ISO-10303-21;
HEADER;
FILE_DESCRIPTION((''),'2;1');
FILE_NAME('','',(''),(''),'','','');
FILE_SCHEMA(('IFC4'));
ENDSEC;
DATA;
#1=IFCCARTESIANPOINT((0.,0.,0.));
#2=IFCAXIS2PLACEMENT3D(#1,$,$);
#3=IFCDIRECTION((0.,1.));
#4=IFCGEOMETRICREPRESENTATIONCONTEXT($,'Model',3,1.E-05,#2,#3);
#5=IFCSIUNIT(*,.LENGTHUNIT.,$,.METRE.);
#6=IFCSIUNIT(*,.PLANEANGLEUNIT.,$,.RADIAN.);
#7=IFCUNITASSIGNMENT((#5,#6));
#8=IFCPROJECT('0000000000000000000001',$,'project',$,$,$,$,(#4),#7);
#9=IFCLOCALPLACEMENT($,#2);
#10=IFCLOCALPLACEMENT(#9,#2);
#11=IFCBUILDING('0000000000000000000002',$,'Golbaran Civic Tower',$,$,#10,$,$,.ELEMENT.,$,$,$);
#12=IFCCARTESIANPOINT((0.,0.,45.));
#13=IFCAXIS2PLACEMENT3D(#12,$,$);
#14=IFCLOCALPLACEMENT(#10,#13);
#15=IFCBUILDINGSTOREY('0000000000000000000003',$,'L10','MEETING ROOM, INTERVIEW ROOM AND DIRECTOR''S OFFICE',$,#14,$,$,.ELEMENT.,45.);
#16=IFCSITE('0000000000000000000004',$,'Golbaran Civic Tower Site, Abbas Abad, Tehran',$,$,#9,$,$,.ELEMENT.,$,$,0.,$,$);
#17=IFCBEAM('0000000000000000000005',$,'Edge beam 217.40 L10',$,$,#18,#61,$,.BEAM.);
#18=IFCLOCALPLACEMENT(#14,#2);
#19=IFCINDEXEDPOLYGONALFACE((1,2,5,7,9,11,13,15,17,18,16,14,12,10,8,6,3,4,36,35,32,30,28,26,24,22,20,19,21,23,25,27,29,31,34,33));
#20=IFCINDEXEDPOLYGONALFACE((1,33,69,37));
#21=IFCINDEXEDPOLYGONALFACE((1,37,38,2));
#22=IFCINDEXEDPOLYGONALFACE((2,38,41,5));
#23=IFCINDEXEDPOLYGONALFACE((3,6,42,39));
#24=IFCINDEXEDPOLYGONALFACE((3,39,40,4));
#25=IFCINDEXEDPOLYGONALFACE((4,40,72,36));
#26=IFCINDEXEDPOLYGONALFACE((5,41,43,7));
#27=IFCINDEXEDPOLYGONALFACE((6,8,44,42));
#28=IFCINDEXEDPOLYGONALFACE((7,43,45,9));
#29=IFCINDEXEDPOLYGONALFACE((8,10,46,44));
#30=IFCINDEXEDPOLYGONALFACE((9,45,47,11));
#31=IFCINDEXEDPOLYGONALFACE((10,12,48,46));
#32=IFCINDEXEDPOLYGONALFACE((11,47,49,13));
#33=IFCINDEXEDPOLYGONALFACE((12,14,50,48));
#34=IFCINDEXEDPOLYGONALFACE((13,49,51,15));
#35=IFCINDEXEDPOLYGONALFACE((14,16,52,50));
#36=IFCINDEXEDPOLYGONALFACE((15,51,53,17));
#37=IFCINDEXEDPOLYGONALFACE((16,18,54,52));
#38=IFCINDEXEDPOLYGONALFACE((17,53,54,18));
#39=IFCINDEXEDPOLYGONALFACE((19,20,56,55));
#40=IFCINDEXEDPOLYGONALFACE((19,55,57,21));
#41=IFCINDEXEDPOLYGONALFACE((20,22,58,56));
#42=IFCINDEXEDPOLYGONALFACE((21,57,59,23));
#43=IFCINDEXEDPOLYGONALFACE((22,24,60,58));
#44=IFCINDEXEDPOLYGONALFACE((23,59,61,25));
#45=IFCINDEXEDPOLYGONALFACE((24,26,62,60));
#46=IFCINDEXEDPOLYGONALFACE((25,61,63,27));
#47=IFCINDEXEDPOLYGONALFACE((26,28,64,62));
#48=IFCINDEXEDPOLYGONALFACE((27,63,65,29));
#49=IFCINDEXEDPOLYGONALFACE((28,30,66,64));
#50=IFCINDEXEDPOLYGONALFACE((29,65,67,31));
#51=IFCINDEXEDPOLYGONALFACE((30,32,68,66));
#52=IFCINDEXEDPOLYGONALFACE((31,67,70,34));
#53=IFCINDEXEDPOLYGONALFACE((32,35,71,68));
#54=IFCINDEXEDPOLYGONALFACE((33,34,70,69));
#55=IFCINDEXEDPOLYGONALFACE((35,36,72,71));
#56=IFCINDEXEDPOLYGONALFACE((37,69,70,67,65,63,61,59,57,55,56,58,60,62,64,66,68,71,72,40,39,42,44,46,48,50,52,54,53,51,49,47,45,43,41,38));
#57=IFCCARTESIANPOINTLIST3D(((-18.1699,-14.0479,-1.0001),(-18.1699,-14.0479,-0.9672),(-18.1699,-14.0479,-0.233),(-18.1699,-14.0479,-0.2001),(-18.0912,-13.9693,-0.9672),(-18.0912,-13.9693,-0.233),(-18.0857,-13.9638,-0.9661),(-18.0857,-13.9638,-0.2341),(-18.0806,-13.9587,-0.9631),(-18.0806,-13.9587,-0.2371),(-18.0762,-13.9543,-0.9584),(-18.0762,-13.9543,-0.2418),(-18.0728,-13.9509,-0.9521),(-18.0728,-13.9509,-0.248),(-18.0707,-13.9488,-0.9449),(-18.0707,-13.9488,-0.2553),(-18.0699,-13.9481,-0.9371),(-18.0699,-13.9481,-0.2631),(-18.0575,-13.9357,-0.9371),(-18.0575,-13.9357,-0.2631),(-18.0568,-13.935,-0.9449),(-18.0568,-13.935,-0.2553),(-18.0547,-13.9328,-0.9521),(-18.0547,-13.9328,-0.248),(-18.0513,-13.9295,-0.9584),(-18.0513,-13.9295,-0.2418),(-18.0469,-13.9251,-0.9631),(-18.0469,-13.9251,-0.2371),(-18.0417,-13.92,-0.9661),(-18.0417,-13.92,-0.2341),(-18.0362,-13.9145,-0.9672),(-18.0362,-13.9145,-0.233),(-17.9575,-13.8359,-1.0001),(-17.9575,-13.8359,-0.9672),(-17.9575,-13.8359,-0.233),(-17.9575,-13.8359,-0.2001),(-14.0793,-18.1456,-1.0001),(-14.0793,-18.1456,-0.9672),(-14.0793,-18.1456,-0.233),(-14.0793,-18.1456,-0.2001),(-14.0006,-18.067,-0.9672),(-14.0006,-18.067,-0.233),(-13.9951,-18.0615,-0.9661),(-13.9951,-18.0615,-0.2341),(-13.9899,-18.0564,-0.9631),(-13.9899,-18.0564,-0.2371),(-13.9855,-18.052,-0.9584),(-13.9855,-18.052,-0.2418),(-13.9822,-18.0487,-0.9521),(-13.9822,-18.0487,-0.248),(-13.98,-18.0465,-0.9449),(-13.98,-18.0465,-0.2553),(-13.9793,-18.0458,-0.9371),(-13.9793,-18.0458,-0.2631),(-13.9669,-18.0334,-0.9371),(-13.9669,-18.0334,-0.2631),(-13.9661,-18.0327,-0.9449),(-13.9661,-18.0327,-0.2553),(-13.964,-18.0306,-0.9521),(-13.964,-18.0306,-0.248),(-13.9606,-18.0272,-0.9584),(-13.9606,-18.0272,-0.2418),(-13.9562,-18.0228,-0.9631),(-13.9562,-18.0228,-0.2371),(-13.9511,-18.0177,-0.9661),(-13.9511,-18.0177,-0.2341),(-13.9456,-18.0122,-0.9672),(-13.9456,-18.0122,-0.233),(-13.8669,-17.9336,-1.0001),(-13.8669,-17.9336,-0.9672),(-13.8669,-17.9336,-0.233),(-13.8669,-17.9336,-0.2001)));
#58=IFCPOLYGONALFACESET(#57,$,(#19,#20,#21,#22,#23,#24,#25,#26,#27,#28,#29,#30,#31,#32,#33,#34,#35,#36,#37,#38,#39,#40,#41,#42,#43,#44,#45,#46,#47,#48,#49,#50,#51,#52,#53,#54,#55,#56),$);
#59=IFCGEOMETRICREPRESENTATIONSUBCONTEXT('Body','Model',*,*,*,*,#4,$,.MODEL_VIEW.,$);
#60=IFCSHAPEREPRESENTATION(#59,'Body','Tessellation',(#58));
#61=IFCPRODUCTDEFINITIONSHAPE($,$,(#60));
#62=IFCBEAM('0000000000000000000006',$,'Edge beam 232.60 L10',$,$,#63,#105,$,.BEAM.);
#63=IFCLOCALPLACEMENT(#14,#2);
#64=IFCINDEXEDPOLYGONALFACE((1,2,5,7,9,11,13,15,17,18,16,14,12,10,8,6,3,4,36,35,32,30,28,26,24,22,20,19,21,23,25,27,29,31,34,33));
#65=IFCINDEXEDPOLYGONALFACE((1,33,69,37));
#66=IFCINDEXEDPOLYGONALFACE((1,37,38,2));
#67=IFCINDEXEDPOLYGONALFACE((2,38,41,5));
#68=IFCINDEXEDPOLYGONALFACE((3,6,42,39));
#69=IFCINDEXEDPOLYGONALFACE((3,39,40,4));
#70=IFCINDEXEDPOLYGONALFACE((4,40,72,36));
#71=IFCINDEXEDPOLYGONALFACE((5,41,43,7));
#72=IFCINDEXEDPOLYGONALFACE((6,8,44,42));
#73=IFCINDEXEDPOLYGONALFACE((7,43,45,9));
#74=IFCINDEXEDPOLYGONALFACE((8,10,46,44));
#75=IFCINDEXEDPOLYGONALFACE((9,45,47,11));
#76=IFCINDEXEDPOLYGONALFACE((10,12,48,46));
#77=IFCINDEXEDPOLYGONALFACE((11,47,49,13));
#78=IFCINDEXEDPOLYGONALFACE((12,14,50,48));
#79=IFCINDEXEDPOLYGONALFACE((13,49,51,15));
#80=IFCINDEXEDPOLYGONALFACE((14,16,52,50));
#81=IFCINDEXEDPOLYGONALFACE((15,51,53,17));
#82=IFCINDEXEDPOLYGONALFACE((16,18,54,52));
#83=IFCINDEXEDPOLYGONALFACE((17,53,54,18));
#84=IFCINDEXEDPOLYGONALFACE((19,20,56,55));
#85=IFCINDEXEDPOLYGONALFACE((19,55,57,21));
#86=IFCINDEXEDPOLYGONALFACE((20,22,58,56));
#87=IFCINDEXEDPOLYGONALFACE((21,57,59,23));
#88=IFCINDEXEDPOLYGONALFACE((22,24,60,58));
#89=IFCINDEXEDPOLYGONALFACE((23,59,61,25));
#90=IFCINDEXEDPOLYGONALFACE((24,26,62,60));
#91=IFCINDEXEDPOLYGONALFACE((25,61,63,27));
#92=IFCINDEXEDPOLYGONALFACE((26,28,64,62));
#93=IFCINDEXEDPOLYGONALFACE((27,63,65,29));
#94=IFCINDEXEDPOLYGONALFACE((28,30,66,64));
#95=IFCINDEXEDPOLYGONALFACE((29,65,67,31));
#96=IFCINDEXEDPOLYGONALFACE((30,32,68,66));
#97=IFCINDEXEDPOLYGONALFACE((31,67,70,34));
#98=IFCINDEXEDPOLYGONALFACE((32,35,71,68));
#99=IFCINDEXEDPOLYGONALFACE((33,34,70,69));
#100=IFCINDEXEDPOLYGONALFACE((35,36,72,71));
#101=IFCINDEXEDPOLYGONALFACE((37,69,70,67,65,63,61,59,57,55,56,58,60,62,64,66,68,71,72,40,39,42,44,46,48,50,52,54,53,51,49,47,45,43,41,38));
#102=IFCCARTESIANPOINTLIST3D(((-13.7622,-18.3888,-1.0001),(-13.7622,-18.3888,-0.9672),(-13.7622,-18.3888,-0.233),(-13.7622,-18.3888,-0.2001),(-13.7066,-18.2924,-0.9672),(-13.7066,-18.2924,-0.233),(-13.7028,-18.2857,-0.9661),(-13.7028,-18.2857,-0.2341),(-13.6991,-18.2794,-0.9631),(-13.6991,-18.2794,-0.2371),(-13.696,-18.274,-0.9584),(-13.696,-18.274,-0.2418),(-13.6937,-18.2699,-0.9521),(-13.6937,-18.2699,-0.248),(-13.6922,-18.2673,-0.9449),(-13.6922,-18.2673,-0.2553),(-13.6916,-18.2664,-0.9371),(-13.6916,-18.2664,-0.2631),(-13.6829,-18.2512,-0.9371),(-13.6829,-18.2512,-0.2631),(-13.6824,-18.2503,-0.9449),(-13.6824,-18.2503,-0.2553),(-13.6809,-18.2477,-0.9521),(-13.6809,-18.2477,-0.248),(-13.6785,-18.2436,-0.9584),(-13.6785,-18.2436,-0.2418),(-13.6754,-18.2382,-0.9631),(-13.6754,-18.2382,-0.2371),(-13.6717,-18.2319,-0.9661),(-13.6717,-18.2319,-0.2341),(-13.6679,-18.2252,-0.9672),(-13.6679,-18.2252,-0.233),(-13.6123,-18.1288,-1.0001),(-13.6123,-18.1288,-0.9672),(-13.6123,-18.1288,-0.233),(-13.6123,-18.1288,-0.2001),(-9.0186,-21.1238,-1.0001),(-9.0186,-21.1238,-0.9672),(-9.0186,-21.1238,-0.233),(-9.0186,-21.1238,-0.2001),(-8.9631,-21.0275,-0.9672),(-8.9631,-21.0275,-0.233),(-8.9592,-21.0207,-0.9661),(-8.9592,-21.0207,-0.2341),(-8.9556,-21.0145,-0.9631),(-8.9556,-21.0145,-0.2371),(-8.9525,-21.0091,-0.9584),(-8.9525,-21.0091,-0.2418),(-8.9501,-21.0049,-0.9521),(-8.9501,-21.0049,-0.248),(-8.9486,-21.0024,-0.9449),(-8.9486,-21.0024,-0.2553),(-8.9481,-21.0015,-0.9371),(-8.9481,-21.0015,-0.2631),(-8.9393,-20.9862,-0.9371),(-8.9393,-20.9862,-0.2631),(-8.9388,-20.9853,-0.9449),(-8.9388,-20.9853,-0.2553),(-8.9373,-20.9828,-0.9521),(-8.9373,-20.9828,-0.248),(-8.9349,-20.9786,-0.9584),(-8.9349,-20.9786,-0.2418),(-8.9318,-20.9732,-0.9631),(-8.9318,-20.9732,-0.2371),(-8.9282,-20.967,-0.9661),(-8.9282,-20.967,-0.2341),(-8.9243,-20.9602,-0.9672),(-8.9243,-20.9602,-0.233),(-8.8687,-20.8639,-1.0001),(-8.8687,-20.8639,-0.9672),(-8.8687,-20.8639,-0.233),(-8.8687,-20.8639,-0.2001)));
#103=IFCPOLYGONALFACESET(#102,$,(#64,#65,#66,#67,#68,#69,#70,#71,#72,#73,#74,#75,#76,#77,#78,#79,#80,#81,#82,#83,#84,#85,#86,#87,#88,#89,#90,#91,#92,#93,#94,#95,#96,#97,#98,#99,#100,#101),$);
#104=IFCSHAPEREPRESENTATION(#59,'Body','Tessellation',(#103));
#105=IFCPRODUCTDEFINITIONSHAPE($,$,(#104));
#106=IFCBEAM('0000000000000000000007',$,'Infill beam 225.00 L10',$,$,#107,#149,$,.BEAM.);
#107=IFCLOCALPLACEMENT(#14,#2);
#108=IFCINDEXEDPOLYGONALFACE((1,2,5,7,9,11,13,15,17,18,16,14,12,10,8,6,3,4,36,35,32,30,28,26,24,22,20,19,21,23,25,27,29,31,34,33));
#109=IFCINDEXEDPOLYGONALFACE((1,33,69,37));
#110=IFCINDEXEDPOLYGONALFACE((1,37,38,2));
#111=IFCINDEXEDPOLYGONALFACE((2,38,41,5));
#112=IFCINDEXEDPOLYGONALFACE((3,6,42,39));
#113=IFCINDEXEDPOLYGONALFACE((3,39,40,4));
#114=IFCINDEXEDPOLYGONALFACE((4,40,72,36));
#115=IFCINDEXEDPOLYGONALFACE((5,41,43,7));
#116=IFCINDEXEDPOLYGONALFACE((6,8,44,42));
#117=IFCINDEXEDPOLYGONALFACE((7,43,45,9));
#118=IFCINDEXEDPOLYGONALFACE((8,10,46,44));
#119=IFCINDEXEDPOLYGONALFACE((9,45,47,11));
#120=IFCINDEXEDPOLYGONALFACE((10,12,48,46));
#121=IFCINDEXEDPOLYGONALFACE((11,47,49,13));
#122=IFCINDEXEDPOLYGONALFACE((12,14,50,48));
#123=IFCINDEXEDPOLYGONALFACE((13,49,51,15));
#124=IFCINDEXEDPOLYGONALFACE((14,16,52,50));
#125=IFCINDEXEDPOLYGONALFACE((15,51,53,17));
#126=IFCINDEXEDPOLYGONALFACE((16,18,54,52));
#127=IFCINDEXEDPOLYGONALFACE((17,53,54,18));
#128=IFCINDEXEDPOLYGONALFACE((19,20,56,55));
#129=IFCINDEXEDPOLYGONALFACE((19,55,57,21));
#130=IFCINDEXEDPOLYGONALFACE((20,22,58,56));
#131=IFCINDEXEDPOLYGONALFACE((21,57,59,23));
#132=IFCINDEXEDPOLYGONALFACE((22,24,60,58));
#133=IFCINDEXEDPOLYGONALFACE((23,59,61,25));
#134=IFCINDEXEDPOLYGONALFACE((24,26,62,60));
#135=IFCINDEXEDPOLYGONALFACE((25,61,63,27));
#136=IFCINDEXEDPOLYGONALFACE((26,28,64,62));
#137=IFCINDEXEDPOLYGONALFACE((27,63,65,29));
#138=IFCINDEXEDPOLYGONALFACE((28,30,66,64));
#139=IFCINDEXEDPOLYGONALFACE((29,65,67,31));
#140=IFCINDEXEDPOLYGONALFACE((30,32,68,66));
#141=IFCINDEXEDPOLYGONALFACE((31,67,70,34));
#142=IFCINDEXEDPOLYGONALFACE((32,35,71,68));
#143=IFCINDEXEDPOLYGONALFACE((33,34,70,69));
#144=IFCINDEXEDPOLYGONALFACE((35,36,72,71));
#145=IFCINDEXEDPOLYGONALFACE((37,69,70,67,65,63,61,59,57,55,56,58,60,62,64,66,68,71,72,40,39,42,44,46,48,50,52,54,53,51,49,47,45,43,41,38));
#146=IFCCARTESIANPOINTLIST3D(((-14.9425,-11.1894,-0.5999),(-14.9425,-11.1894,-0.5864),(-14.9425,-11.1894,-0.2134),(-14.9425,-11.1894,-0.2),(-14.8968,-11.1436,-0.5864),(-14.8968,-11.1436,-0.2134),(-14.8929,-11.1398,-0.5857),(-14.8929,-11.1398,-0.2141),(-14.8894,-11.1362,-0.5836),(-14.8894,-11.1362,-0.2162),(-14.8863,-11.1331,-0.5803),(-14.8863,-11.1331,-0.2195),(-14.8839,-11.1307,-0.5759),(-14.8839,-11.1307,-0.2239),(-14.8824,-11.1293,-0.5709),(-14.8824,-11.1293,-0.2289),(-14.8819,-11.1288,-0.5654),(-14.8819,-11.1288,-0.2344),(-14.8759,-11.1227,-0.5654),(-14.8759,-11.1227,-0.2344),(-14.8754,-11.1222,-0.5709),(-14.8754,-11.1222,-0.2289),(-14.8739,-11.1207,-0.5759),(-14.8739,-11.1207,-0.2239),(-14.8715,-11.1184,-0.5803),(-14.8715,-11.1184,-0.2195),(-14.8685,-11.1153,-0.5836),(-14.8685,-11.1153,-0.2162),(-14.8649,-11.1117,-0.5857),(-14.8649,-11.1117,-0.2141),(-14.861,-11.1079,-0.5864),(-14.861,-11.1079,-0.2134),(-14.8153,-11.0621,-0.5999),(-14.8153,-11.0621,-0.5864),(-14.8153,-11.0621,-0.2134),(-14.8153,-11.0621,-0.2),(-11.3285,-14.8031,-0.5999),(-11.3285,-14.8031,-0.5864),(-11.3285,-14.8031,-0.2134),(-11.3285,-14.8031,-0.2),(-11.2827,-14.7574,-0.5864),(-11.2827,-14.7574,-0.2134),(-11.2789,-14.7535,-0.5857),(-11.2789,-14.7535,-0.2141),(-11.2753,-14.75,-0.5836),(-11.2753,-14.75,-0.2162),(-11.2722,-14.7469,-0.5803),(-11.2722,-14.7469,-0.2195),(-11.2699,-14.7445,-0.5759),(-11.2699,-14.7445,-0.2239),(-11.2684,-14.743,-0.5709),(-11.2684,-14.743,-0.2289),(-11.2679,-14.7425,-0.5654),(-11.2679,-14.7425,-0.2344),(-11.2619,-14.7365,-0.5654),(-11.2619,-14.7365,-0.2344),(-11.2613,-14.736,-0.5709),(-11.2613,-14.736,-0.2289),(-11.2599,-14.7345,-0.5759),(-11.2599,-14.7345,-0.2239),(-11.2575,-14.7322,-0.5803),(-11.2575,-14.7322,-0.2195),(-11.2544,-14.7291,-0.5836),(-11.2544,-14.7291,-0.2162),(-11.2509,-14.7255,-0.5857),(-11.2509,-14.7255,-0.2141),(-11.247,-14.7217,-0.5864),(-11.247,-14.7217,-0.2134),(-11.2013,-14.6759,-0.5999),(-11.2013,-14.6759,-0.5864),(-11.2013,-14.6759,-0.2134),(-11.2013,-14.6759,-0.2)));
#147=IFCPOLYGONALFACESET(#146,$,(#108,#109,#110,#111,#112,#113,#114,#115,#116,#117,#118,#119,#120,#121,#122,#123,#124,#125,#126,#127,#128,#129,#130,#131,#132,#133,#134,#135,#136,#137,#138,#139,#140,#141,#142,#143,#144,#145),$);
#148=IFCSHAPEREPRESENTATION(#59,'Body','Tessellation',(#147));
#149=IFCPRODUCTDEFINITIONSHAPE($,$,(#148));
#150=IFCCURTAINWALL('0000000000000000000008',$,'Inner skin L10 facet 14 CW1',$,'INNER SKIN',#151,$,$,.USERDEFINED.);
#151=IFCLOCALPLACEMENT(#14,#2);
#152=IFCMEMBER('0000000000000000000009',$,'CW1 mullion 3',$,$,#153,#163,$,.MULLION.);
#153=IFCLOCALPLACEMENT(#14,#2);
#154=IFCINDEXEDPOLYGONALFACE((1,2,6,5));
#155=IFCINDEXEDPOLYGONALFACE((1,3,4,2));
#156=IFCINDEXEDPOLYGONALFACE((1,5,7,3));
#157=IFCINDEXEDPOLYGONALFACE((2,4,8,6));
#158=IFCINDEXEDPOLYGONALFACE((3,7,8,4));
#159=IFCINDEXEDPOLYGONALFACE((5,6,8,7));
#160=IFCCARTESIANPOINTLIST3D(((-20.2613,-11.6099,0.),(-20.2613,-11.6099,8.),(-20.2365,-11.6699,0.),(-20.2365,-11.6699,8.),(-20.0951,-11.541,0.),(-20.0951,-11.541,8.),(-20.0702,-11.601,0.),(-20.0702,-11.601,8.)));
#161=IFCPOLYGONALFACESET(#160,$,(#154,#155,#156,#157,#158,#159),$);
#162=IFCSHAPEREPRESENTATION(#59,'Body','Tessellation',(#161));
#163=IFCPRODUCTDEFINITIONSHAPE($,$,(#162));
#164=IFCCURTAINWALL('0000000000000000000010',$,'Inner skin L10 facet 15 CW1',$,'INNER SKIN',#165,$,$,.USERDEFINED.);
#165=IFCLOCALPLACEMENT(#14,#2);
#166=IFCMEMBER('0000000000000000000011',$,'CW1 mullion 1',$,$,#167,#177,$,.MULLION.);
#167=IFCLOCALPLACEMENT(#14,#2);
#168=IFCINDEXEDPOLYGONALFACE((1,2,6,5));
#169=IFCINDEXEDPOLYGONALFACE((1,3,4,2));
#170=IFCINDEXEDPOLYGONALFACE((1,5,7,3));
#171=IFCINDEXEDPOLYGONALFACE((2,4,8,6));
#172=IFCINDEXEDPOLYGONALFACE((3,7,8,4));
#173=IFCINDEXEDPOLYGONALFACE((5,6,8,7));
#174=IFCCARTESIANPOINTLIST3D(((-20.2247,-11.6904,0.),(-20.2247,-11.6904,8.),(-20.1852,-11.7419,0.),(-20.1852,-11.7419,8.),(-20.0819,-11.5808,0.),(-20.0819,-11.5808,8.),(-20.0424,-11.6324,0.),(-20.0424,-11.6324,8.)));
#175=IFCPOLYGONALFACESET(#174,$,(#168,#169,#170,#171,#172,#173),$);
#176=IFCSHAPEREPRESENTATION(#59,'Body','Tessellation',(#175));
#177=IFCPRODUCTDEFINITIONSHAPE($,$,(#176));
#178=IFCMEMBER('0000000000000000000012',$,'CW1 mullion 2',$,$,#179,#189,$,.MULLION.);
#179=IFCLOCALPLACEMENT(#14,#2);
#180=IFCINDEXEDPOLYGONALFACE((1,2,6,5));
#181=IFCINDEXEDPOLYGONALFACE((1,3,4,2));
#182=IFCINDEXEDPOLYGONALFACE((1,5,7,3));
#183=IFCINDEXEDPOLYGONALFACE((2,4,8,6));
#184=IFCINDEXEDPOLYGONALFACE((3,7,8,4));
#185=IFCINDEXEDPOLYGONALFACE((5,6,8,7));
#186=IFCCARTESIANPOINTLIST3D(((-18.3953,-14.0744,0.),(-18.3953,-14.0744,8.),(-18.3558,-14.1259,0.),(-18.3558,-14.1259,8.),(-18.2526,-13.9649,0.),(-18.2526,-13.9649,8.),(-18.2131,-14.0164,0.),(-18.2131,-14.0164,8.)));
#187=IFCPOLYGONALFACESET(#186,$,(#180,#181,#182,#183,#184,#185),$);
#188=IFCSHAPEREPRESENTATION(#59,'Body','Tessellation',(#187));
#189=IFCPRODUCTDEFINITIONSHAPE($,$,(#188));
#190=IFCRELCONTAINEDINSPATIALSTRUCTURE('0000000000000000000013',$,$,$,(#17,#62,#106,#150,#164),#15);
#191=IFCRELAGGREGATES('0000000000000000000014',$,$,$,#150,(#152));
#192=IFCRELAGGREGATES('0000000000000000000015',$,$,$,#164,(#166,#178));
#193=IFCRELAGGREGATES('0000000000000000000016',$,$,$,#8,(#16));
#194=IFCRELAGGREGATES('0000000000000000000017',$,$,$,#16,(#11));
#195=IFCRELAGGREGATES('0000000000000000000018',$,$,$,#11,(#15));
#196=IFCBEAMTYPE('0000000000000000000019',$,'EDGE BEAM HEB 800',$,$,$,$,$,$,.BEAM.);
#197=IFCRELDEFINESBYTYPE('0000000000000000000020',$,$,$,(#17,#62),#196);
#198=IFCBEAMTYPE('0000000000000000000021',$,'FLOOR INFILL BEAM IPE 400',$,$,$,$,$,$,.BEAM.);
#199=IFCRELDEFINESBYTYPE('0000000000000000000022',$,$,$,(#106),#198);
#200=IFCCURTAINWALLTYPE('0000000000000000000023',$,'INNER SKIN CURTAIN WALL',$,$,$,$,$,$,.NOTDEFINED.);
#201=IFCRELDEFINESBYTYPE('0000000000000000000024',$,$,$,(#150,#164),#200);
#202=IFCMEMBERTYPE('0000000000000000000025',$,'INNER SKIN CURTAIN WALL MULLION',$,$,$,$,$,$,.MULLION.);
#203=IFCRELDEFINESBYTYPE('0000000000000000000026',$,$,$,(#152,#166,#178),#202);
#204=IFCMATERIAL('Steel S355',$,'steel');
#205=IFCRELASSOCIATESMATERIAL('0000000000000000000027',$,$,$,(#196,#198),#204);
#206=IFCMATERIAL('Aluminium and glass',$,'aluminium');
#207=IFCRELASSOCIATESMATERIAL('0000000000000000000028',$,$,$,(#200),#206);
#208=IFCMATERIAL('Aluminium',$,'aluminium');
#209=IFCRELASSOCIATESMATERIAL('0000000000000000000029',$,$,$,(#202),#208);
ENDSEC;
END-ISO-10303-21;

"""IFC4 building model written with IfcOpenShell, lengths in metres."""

from ifc_helpers import new_model, si_unit, direction, frame, origin, origin_2d, place, context, subcontext, project, spatial, rectangle, i_section, extrude, material, material_profile, profile_set, type_object, element, aggregate, save


model = new_model("IFC4")

# Units and contexts
model_context = context("Model", 3, precision=1e-05, world=origin(), true_north=direction((0.0, 1.0)))
body_context = subcontext(model_context, "Body", "Model", "MODEL_VIEW")
ifc_project = project(units=[si_unit("LENGTHUNIT", "METRE"), si_unit("PLANEANGLEUNIT", "RADIAN")], contexts=[model_context])

# Site, building, storey
site_placement = place(None, origin())
site = spatial("IfcSite", under=ifc_project, at=site_placement, Name="Golbaran Civic Tower Site, Abbas Abad, Tehran", CompositionType="ELEMENT", RefElevation=0.0)
building_placement = place(site_placement, origin())
building = spatial("IfcBuilding", under=site, at=building_placement, Name="Golbaran Civic Tower", CompositionType="ELEMENT")
storey_placement = place(building_placement, frame((0.0, 0.0, 45.0)))
storey = spatial("IfcBuildingStorey", under=building, at=storey_placement, Name="L10", Description="MEETING ROOM, INTERVIEW ROOM AND DIRECTOR'S OFFICE", CompositionType="ELEMENT", Elevation=45.0)

# Beams
ifc_material_1 = material(Name="Steel S355", Category="steel")
ifc_material_profile_1 = material_profile(ifc_material_1, i_section(OverallWidth=0.3, OverallDepth=0.8, WebThickness=0.0176, FlangeThickness=0.033, FilletRadius=0.03, at=origin_2d()), Name="HEB 800")
ifc_profile_set_1 = profile_set([ifc_material_profile_1], Name="Steel S355")
beam_type_1 = type_object("IfcBeamType", Name="EDGE BEAM HEB 800", PredefinedType="BEAM", material=ifc_profile_set_1)
beam_1_placement = place(storey_placement, frame((-18.0637, -13.9419, -0.6001), z_axis=(0.706495, -0.707718, 0.0), x_axis=(0.707718, 0.706495, 0.0)))
element("IfcBeam", 1, at=beam_1_placement, inside=storey, type_object=beam_type_1, Name="Edge beam 217.40 L10", PredefinedType="BEAM", context=body_context, shape_type="SweptSolid", body=[
    extrude(i_section(OverallWidth=0.3, OverallDepth=0.8, WebThickness=0.0176, FlangeThickness=0.033, FilletRadius=0.03, at=origin_2d()), origin(), (0.0, 0.0, 1.0), 5.79),
])
beam_2_placement = place(storey_placement, frame((-13.6873, -18.2588, -0.6001), z_axis=(0.866313, -0.499501, 0.0), x_axis=(0.499501, 0.866313, 0.0)))
element("IfcBeam", 2, at=beam_2_placement, inside=storey, type_object=beam_type_1, Name="Edge beam 232.60 L10", PredefinedType="BEAM", context=body_context, shape_type="SweptSolid", body=[
    extrude(i_section(OverallWidth=0.3, OverallDepth=0.8, WebThickness=0.0176, FlangeThickness=0.033, FilletRadius=0.03, at=origin_2d()), origin(), (0.0, 0.0, 1.0), 5.4756),
])
ifc_material_profile_2 = material_profile(ifc_material_1, i_section(OverallWidth=0.1799, OverallDepth=0.3999, WebThickness=0.0085, FlangeThickness=0.0134, FilletRadius=0.021, at=origin_2d()), Name="IPE 400")
ifc_profile_set_2 = profile_set([ifc_material_profile_2], Name="Steel S355")
beam_type_2 = type_object("IfcBeamType", Name="FLOOR INFILL BEAM IPE 400", PredefinedType="BEAM", material=ifc_profile_set_2)
beam_3_placement = place(storey_placement, frame((-14.8789, -11.1257, -0.3999), z_axis=(0.707131, -0.707083, 0.0), x_axis=(0.707083, 0.707131, 0.0)))
element("IfcBeam", 3, at=beam_3_placement, inside=storey, type_object=beam_type_2, Name="Infill beam 225.00 L10", PredefinedType="BEAM", context=body_context, shape_type="SweptSolid", body=[
    extrude(i_section(OverallWidth=0.1799, OverallDepth=0.3999, WebThickness=0.0085, FlangeThickness=0.0134, FilletRadius=0.021, at=origin_2d()), origin(), (0.0, 0.0, 1.0), 5.1108),
])

# Curtain wall, member
ifc_material_2 = material(Name="Aluminium and glass", Category="aluminium")
curtain_wall_type = type_object("IfcCurtainWallType", Name="INNER SKIN CURTAIN WALL", PredefinedType="NOTDEFINED", material=ifc_material_2)
curtain_wall_1_placement = place(storey_placement, origin())
curtain_wall_1 = element("IfcCurtainWall", 4, at=curtain_wall_1_placement, inside=storey, type_object=curtain_wall_type, Name="Inner skin L10 facet 14 CW1", ObjectType="INNER SKIN", PredefinedType="USERDEFINED")
ifc_material_3 = material(Name="Aluminium", Category="aluminium")
ifc_material_profile_3 = material_profile(ifc_material_3, rectangle(XDim=0.1799, YDim=0.0649, at=origin_2d()), Name="INNER SKIN CURTAIN WALL MULLION")
ifc_profile_set_3 = profile_set([ifc_material_profile_3], Name="Aluminium")
member_type_1 = type_object("IfcMemberType", Name="INNER SKIN CURTAIN WALL MULLION", PredefinedType="MULLION", material=ifc_profile_set_3)
member_1_placement = place(storey_placement, frame((-20.1658, -11.6055, 0.0), z_axis=(0.0, 0.0, 1.0), x_axis=(0.92388, 0.382683, 0.0)))
member_1 = element("IfcMember", 5, at=member_1_placement, type_object=member_type_1, Name="CW1 mullion 3", PredefinedType="MULLION", context=body_context, shape_type="SweptSolid", body=[
    extrude(rectangle(XDim=0.1799, YDim=0.0649, at=origin_2d()), origin(), (0.0, 0.0, 1.0), 8.0),
])

# Curtain wall, members
curtain_wall_2_placement = place(storey_placement, origin())
curtain_wall_2 = element("IfcCurtainWall", 6, at=curtain_wall_2_placement, inside=storey, type_object=curtain_wall_type, Name="Inner skin L10 facet 15 CW1", ObjectType="INNER SKIN", PredefinedType="USERDEFINED")
member_2_placement = place(storey_placement, frame((-20.1335, -11.6614, 0.0), z_axis=(0.0, 0.0, 1.0), x_axis=(0.793353, 0.608761, 0.0)))
member_2 = element("IfcMember", 7, at=member_2_placement, type_object=member_type_1, Name="CW1 mullion 1", PredefinedType="MULLION", context=body_context, shape_type="SweptSolid", body=[
    extrude(rectangle(XDim=0.1799, YDim=0.0649, at=origin_2d()), origin(), (0.0, 0.0, 1.0), 8.0),
])
member_3_placement = place(storey_placement, frame((-18.3042, -14.0454, 0.0), z_axis=(0.0, 0.0, 1.0), x_axis=(0.793353, 0.608761, 0.0)))
member_3 = element("IfcMember", 8, at=member_3_placement, type_object=member_type_1, Name="CW1 mullion 2", PredefinedType="MULLION", context=body_context, shape_type="SweptSolid", body=[
    extrude(rectangle(XDim=0.1799, YDim=0.0649, at=origin_2d()), origin(), (0.0, 0.0, 1.0), 8.0),
])

aggregate(curtain_wall_1, [member_1])
aggregate(curtain_wall_2, [member_2, member_3])

save(model, "model.ifc")
